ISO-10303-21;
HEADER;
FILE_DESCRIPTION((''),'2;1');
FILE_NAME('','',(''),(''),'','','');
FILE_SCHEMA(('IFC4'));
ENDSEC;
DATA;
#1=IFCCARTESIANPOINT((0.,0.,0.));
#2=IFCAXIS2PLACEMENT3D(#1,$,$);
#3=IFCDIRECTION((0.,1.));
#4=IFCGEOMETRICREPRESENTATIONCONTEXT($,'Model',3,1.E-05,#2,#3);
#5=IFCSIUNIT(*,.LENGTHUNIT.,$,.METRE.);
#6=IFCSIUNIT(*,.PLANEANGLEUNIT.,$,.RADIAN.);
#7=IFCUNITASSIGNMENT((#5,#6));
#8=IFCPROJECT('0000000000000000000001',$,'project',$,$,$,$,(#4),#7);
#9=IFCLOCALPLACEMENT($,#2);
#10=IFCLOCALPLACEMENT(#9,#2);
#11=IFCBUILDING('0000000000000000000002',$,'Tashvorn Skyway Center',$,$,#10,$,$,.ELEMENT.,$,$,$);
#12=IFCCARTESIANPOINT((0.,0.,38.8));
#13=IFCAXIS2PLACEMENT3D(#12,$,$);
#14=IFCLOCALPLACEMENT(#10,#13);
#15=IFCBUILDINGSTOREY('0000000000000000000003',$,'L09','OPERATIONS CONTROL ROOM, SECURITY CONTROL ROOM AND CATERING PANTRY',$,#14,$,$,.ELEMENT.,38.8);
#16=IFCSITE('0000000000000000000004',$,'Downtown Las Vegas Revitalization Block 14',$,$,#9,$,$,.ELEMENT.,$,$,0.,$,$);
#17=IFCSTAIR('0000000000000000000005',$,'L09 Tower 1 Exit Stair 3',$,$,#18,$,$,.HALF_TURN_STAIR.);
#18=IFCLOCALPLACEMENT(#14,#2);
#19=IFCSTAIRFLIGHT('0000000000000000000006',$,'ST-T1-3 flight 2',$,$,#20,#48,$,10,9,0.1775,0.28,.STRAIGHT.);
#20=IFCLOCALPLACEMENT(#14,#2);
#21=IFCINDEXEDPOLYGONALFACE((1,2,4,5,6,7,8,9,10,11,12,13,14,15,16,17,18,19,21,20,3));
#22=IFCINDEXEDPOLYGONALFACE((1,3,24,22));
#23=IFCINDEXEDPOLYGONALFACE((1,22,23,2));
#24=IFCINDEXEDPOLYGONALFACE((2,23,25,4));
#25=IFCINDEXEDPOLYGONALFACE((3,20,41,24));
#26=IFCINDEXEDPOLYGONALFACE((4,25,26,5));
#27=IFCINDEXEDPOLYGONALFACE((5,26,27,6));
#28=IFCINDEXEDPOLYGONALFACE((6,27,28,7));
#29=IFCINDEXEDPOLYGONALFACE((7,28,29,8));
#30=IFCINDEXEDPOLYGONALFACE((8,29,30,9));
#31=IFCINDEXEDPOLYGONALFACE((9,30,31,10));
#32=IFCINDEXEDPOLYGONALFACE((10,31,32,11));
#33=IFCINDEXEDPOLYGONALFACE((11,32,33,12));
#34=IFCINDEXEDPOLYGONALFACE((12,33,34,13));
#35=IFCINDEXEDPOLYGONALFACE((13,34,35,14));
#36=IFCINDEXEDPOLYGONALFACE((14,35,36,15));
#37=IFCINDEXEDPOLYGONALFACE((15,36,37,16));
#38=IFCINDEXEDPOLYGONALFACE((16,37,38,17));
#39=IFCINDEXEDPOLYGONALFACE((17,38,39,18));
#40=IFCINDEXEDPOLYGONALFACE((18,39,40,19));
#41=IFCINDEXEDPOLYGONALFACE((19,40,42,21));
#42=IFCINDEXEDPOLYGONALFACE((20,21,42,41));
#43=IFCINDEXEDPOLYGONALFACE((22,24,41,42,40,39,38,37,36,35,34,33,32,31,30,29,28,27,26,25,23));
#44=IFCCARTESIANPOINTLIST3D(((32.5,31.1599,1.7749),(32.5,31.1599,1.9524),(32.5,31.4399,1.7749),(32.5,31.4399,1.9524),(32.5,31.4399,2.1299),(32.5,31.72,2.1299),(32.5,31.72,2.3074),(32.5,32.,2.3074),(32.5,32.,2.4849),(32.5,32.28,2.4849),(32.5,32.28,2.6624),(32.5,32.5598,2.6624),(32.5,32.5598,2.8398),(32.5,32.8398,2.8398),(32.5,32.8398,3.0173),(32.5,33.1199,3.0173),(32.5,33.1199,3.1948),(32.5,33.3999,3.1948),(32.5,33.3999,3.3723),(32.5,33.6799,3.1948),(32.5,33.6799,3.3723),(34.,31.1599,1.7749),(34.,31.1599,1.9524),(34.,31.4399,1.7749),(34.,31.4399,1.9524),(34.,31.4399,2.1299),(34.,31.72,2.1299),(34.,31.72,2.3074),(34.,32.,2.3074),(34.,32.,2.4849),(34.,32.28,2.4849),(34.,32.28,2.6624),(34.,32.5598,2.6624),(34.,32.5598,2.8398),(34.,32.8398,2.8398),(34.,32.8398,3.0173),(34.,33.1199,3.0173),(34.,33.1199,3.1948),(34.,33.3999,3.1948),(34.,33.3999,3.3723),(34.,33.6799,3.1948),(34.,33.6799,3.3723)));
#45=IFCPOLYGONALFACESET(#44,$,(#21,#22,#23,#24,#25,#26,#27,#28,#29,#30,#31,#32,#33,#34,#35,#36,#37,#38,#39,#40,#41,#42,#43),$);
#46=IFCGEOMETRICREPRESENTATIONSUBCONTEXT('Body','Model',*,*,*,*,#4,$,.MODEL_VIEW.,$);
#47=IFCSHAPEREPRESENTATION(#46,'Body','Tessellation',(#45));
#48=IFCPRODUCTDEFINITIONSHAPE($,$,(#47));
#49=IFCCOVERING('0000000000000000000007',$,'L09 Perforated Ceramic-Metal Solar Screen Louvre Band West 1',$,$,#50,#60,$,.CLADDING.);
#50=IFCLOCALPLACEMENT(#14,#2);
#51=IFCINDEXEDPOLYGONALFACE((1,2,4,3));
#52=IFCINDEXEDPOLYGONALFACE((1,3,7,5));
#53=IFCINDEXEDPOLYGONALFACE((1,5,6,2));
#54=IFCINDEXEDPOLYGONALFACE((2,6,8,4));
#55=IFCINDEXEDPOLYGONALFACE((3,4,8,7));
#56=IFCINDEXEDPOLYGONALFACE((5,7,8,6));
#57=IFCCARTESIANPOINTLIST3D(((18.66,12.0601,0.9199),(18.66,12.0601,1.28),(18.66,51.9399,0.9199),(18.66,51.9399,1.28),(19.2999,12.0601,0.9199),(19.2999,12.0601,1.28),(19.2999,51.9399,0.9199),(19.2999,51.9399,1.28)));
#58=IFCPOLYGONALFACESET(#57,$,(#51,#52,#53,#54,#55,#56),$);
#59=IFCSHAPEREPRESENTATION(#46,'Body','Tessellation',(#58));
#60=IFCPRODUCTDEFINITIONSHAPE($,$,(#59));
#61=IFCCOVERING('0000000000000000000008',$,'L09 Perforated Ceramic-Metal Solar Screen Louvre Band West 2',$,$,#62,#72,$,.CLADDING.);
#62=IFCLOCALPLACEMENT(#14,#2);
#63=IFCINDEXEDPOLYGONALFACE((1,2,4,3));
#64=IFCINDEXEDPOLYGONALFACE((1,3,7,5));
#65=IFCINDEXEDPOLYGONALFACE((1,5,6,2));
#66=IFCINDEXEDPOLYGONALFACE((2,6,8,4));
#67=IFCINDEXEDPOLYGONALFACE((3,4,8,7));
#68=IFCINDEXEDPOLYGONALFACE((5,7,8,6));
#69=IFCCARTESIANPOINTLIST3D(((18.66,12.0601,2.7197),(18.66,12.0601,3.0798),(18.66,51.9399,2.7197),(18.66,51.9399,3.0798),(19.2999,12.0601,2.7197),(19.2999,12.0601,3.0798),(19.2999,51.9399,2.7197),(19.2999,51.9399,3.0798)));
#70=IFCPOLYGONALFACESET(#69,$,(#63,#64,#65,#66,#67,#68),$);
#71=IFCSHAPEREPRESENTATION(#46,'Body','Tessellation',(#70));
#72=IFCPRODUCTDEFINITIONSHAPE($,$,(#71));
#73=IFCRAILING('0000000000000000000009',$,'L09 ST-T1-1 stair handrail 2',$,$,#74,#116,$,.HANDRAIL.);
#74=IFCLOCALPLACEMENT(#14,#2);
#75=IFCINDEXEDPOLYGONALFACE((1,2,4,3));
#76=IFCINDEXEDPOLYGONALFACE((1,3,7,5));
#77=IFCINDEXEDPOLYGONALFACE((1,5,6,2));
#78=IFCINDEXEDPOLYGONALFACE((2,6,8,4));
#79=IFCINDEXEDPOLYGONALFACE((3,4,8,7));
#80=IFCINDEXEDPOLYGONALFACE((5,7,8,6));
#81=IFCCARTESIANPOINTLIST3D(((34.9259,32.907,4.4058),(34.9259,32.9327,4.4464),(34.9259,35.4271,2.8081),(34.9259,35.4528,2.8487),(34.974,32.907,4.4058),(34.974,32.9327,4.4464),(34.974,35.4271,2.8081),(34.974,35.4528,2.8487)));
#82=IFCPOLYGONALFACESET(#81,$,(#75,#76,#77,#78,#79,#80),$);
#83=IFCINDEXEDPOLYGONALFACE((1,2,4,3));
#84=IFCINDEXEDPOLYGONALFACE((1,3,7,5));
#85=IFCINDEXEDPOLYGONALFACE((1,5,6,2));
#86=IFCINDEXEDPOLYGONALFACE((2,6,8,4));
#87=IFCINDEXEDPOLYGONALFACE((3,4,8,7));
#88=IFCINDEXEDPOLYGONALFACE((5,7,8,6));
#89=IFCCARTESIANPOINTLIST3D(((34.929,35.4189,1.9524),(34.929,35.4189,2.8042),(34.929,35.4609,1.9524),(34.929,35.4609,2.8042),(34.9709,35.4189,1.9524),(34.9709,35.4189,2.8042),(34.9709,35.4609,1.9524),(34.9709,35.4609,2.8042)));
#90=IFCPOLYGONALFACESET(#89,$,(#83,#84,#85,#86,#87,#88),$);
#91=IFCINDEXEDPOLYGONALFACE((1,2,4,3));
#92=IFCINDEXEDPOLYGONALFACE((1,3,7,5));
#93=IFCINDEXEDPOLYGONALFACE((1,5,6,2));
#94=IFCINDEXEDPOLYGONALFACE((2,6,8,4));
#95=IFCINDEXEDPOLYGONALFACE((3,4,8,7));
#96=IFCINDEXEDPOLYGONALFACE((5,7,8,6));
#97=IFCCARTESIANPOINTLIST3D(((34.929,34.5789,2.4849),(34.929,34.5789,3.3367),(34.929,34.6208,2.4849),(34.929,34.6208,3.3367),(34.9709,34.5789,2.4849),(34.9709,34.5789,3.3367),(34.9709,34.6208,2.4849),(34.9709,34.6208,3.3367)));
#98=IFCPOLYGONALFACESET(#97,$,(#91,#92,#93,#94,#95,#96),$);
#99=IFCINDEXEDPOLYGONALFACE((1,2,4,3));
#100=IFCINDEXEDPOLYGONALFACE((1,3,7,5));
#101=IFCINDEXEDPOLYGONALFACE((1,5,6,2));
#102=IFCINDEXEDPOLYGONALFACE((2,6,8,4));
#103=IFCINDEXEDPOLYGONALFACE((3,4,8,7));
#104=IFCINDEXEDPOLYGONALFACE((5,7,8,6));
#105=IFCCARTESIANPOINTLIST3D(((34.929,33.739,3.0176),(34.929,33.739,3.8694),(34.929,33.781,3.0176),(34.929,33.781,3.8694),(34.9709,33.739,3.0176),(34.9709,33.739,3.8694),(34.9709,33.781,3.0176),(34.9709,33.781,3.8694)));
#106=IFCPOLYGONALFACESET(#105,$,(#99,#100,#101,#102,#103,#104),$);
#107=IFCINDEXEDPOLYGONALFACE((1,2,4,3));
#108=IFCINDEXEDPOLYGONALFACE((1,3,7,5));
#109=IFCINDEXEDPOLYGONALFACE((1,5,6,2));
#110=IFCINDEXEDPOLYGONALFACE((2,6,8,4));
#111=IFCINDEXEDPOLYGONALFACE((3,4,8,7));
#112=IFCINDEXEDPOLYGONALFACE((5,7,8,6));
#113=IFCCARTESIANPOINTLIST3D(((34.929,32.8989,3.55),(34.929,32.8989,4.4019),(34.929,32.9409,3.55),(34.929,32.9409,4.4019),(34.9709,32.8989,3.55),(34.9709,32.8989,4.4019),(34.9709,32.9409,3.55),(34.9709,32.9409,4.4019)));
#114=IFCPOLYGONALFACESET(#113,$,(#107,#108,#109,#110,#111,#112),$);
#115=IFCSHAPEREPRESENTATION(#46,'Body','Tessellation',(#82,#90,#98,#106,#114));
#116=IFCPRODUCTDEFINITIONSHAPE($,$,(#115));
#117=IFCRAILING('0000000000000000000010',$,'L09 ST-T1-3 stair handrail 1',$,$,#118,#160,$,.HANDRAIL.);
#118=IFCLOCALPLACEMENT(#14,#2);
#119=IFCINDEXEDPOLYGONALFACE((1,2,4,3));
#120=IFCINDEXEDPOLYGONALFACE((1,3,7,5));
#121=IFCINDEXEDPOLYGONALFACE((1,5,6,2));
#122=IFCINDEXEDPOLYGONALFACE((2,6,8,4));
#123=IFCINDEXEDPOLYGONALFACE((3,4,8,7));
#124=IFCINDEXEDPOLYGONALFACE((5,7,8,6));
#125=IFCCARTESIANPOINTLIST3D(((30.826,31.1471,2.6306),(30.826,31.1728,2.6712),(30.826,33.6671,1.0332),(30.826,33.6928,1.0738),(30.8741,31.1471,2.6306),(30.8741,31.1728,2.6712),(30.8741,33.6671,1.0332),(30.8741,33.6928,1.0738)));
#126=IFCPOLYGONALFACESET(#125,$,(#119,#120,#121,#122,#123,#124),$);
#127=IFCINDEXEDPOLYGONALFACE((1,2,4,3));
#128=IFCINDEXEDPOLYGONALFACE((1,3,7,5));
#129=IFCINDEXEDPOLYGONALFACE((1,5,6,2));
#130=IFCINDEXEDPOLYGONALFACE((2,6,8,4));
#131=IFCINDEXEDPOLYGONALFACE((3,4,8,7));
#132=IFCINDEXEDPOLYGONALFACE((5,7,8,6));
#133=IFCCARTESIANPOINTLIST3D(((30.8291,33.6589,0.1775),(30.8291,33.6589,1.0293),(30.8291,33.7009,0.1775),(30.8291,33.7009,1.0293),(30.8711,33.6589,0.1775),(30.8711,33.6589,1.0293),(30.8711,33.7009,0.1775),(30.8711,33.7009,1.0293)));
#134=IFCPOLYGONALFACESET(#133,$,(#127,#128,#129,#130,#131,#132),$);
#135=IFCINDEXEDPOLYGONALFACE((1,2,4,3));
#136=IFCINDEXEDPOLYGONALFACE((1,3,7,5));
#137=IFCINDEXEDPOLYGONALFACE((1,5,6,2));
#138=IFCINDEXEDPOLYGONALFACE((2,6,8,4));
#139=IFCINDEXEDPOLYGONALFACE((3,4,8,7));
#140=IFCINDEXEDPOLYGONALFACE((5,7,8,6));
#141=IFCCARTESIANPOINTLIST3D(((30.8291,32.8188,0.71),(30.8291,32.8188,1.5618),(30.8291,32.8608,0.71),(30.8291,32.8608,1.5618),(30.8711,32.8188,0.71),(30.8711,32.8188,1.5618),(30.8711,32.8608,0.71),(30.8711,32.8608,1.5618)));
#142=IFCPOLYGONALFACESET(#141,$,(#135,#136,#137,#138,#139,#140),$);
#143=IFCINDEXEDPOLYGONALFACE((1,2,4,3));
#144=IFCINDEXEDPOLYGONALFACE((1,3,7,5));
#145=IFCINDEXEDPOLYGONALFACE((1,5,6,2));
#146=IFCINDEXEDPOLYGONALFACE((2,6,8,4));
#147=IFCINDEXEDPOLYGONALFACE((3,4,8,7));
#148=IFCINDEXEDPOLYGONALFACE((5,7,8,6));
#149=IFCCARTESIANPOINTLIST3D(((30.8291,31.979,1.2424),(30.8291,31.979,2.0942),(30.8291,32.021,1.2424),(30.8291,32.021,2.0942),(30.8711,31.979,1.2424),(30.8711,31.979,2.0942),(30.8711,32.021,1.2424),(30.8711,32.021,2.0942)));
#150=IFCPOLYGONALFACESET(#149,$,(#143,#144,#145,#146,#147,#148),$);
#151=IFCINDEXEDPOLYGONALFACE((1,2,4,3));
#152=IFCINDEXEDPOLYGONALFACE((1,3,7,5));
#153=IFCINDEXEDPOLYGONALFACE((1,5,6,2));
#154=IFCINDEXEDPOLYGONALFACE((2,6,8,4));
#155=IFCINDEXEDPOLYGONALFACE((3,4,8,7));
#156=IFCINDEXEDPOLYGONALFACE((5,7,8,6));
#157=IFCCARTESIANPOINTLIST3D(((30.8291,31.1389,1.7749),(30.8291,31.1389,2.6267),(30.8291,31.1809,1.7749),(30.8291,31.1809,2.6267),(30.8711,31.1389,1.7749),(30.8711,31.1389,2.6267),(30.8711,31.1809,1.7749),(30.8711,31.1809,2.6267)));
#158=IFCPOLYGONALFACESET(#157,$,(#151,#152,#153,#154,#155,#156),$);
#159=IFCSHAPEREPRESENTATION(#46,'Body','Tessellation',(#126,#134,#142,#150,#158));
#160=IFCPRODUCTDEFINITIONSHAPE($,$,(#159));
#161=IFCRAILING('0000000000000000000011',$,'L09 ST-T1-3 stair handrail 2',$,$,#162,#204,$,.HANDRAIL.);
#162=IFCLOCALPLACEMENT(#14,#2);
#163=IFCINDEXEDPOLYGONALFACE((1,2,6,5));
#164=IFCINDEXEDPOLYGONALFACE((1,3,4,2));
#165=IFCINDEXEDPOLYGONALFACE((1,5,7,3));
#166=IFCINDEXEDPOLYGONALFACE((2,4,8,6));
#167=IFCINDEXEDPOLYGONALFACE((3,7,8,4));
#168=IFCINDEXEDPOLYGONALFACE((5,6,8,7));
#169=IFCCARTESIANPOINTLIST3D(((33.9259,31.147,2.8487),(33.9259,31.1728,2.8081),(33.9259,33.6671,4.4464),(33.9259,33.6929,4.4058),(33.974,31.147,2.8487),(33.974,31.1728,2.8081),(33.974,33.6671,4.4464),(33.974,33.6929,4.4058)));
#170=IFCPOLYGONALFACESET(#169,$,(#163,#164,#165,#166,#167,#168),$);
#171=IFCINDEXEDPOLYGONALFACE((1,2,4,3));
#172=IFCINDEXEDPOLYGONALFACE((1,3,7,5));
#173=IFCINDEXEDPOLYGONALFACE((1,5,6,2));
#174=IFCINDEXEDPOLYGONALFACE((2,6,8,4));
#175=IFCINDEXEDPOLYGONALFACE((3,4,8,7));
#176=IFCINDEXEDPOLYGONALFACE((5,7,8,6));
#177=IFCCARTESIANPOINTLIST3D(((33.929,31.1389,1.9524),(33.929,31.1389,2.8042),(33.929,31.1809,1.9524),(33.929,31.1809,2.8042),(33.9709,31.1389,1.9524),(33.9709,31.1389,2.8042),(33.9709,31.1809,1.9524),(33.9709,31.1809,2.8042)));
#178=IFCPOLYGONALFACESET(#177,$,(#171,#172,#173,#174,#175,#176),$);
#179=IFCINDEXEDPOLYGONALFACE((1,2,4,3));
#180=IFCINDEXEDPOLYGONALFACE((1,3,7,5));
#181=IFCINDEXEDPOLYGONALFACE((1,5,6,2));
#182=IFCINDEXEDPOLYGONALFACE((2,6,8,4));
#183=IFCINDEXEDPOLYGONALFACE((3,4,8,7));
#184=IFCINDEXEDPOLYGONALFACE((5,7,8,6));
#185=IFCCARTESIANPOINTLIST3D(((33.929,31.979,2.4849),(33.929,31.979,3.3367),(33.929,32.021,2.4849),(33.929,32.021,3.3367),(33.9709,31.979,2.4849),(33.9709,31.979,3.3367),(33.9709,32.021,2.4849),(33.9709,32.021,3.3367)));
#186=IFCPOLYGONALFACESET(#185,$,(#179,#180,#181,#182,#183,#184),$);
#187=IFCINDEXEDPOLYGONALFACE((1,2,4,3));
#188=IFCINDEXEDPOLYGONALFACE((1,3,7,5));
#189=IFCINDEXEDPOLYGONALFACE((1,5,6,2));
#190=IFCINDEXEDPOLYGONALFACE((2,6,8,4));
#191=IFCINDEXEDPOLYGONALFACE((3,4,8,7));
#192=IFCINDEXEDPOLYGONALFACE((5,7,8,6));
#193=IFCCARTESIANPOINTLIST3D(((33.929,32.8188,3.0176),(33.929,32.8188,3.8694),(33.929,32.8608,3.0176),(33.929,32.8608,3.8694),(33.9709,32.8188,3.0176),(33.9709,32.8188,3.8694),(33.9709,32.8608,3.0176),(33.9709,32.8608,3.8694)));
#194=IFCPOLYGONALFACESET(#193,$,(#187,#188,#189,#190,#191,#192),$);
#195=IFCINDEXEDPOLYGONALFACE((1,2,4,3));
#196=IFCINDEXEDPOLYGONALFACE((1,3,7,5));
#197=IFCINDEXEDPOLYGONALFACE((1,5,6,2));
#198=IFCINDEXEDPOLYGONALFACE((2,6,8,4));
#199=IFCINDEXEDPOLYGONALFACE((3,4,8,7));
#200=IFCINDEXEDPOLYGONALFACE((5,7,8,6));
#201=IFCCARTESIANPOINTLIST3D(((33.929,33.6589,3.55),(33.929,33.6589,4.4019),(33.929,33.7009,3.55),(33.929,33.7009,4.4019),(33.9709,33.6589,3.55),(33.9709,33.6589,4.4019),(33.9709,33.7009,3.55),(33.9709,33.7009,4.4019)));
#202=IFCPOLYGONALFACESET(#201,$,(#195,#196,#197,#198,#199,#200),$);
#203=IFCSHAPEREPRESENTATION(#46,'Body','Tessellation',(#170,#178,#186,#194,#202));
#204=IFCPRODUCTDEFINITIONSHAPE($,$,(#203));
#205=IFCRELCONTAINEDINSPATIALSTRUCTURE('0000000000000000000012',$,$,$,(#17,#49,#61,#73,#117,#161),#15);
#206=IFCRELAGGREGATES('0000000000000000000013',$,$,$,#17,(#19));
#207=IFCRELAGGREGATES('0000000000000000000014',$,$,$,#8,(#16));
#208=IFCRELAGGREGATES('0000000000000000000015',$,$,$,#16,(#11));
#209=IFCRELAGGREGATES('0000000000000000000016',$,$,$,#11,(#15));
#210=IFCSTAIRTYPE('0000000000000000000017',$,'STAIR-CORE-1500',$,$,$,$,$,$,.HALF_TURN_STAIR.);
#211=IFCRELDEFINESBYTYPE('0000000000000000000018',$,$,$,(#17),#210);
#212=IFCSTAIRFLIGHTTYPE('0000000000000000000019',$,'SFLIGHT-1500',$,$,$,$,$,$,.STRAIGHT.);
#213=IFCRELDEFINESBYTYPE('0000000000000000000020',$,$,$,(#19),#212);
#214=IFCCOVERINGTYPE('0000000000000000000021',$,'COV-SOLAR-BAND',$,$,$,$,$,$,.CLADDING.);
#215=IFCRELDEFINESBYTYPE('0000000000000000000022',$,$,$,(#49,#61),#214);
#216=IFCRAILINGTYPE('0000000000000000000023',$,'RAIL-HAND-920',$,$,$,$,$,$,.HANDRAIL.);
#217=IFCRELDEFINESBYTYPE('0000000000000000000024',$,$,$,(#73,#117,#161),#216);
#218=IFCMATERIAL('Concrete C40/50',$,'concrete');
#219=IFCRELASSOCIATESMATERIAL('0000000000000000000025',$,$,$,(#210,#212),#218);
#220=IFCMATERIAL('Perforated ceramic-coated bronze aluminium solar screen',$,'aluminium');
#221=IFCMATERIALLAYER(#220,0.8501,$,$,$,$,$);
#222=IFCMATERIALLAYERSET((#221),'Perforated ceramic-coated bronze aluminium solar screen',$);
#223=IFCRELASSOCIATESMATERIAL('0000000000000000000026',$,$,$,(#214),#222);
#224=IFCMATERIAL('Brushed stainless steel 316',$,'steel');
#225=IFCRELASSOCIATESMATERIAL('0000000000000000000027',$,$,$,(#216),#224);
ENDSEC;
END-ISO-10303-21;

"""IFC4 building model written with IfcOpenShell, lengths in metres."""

from ifc_helpers import new_model, si_unit, direction, frame, origin, origin_2d, place, context, subcontext, project, spatial, polyline, rectangle, outline, extrude, material, layer, layer_set, type_object, element, aggregate, save


model = new_model("IFC4")

# Units and contexts
model_context = context("Model", 3, precision=1e-05, world=origin(), true_north=direction((0.0, 1.0)))
body_context = subcontext(model_context, "Body", "Model", "MODEL_VIEW")
ifc_project = project(units=[si_unit("LENGTHUNIT", "METRE"), si_unit("PLANEANGLEUNIT", "RADIAN")], contexts=[model_context])

# Site, building, storey
site_placement = place(None, origin())
site = spatial("IfcSite", under=ifc_project, at=site_placement, Name="Downtown Las Vegas Revitalization Block 14", CompositionType="ELEMENT", RefElevation=0.0)
building_placement = place(site_placement, origin())
building = spatial("IfcBuilding", under=site, at=building_placement, Name="Tashvorn Skyway Center", CompositionType="ELEMENT")
storey_placement = place(building_placement, frame((0.0, 0.0, 38.8)))
storey = spatial("IfcBuildingStorey", under=building, at=storey_placement, Name="L09", Description="OPERATIONS CONTROL ROOM, SECURITY CONTROL ROOM AND CATERING PANTRY", CompositionType="ELEMENT", Elevation=38.8)

# Shared definitions
ifc_material_1 = material(Name="Concrete C40/50", Category="concrete")

# Shared definitions
stair_type = type_object("IfcStairType", Name="STAIR-CORE-1500", PredefinedType="HALF_TURN_STAIR", material=ifc_material_1)
stair_flight_type = type_object("IfcStairFlightType", Name="SFLIGHT-1500", PredefinedType="STRAIGHT", material=ifc_material_1)

# Stair, stair flight
stair_1_placement = place(storey_placement, origin())
stair_1 = element("IfcStair", 1, at=stair_1_placement, inside=storey, type_object=stair_type, Name="L09 Tower 1 Exit Stair 3", PredefinedType="HALF_TURN_STAIR")
stair_flight_1_placement = place(storey_placement, frame((33.25, 31.1599, 1.7749), z_axis=(0.0, 0.0, 1.0), x_axis=(0.0, 1.0, 0.0)))
stair_flight_1 = element("IfcStairFlight", 2, at=stair_flight_1_placement, type_object=stair_flight_type, Name="ST-T1-3 flight 2", NumberOfRisers=10, NumberOfTreads=9, PredefinedType="STRAIGHT", RiserHeight=0.1775, TreadLength=0.28, context=body_context, shape_type="SweptSolid", body=[
    extrude(outline(polyline([(0.0, 0.0), (0.0, 0.1775), (0.28, 0.1775), (0.28, 0.355), (0.5601, 0.355), (0.5601, 0.5325), (0.8401, 0.5325), (0.8401, 0.71), (1.1201, 0.71), (1.1201, 0.8875), (1.3999, 0.8875), (1.3999, 1.0649), (1.6799, 1.0649), (1.6799, 1.2424), (1.96, 1.2424), (1.96, 1.4199), (2.24, 1.4199), (2.24, 1.5974), (2.52, 1.5974), (2.52, 1.7749), (2.52, 1.4199), (0.28, 0.0), (0.0, 0.0)])), frame((0.0, 0.75, 0.0), z_axis=(0.0, -1.0, 0.0), x_axis=(1.0, 0.0, 0.0)), (0.0, 0.0, 1.0), 1.5),
])
aggregate(stair_1, [stair_flight_1])

# Coverings
ifc_material_2 = material(Name="Perforated ceramic-coated bronze aluminium solar screen", Category="aluminium")
ifc_layer_1 = layer(ifc_material_2, 0.8501)
ifc_layer_set_1 = layer_set([ifc_layer_1], Name="Perforated ceramic-coated bronze aluminium solar screen")
covering_type = type_object("IfcCoveringType", Name="COV-SOLAR-BAND", PredefinedType="CLADDING", material=ifc_layer_set_1)
for number, where, z_axis, x_axis, name in (
    (3, (18.98, 32.0, 0.9199), (0.0, 0.0, 1.0), (0.0, 1.0, 0.0), "L09 Perforated Ceramic-Metal Solar Screen Louvre Band West 1"),
    (4, (18.98, 32.0, 2.7197), (0.0, 0.0, 1.0), (0.0, 1.0, 0.0), "L09 Perforated Ceramic-Metal Solar Screen Louvre Band West 2"),
):
    element("IfcCovering", number, at=place(storey_placement, frame(where, z_axis=z_axis, x_axis=x_axis)), inside=storey, type_object=covering_type, Name=name, PredefinedType="CLADDING", context=body_context, shape_type="SweptSolid", body=[
        extrude(rectangle(XDim=39.8799, YDim=0.6399, at=origin_2d()), origin(), (0.0, 0.0, 1.0), 0.3601),
    ])

# Railings
ifc_material_3 = material(Name="Brushed stainless steel 316", Category="steel")
railing_type_1 = type_object("IfcRailingType", Name="RAIL-HAND-920", PredefinedType="HANDRAIL", material=ifc_material_3)
railing_1_placement = place(storey_placement, frame((34.95, 35.4399, 1.9524)))
element("IfcRailing", 5, at=railing_1_placement, inside=storey, type_object=railing_type_1, Name="L09 ST-T1-1 stair handrail 2", PredefinedType="HANDRAIL", context=body_context, shape_type="SweptSolid", body=[
    extrude(rectangle(XDim=0.0481, YDim=0.0481, at=origin_2d()), frame((0.0, 0.0, 0.876), z_axis=(0.0, -0.84457, 0.535445), x_axis=(1.0, 0.0, 0.0)), (0.0, 0.0, 1.0), 2.9839),
    extrude(rectangle(XDim=0.042, YDim=0.042, at=origin_2d()), origin(), (0.0, 0.0, 1.0), 0.8518),
    extrude(rectangle(XDim=0.042, YDim=0.042, at=origin_2d()), frame((0.0, -0.8401, 0.5325)), (0.0, 0.0, 1.0), 0.8518),
    extrude(rectangle(XDim=0.042, YDim=0.042, at=origin_2d()), frame((0.0, -1.6799, 1.0652)), (0.0, 0.0, 1.0), 0.8518),
    extrude(rectangle(XDim=0.042, YDim=0.042, at=origin_2d()), frame((0.0, -2.52, 1.5977)), (0.0, 0.0, 1.0), 0.8518),
])
railing_2_placement = place(storey_placement, frame((30.8501, 33.6799, 0.1775)))
element("IfcRailing", 6, at=railing_2_placement, inside=storey, type_object=railing_type_1, Name="L09 ST-T1-3 stair handrail 1", PredefinedType="HANDRAIL", context=body_context, shape_type="SweptSolid", body=[
    extrude(rectangle(XDim=0.0481, YDim=0.0481, at=origin_2d()), frame((0.0, 0.0, 0.876), z_axis=(0.0, -0.844607, 0.535387), x_axis=(1.0, 0.0, 0.0)), (0.0, 0.0, 1.0), 2.9836),
    extrude(rectangle(XDim=0.042, YDim=0.042, at=origin_2d()), origin(), (0.0, 0.0, 1.0), 0.8518),
    extrude(rectangle(XDim=0.042, YDim=0.042, at=origin_2d()), frame((0.0, -0.8401, 0.5325)), (0.0, 0.0, 1.0), 0.8518),
    extrude(rectangle(XDim=0.042, YDim=0.042, at=origin_2d()), frame((0.0, -1.6799, 1.0649)), (0.0, 0.0, 1.0), 0.8518),
    extrude(rectangle(XDim=0.042, YDim=0.042, at=origin_2d()), frame((0.0, -2.52, 1.5974)), (0.0, 0.0, 1.0), 0.8518),
])
railing_3_placement = place(storey_placement, frame((33.95, 31.1599, 1.9524)))
element("IfcRailing", 7, at=railing_3_placement, inside=storey, type_object=railing_type_1, Name="L09 ST-T1-3 stair handrail 2", PredefinedType="HANDRAIL", context=body_context, shape_type="SweptSolid", body=[
    extrude(rectangle(XDim=0.0481, YDim=0.0481, at=origin_2d()), frame((0.0, 0.0, 0.876), z_axis=(0.0, 0.84457, 0.535445), x_axis=(-1.0, 0.0, 0.0)), (0.0, 0.0, 1.0), 2.9839),
    extrude(rectangle(XDim=0.042, YDim=0.042, at=origin_2d()), origin(), (0.0, 0.0, 1.0), 0.8518),
    extrude(rectangle(XDim=0.042, YDim=0.042, at=origin_2d()), frame((0.0, 0.8401, 0.5325)), (0.0, 0.0, 1.0), 0.8518),
    extrude(rectangle(XDim=0.042, YDim=0.042, at=origin_2d()), frame((0.0, 1.6799, 1.0652)), (0.0, 0.0, 1.0), 0.8518),
    extrude(rectangle(XDim=0.042, YDim=0.042, at=origin_2d()), frame((0.0, 2.52, 1.5977)), (0.0, 0.0, 1.0), 0.8518),
])

save(model, "model.ifc")
